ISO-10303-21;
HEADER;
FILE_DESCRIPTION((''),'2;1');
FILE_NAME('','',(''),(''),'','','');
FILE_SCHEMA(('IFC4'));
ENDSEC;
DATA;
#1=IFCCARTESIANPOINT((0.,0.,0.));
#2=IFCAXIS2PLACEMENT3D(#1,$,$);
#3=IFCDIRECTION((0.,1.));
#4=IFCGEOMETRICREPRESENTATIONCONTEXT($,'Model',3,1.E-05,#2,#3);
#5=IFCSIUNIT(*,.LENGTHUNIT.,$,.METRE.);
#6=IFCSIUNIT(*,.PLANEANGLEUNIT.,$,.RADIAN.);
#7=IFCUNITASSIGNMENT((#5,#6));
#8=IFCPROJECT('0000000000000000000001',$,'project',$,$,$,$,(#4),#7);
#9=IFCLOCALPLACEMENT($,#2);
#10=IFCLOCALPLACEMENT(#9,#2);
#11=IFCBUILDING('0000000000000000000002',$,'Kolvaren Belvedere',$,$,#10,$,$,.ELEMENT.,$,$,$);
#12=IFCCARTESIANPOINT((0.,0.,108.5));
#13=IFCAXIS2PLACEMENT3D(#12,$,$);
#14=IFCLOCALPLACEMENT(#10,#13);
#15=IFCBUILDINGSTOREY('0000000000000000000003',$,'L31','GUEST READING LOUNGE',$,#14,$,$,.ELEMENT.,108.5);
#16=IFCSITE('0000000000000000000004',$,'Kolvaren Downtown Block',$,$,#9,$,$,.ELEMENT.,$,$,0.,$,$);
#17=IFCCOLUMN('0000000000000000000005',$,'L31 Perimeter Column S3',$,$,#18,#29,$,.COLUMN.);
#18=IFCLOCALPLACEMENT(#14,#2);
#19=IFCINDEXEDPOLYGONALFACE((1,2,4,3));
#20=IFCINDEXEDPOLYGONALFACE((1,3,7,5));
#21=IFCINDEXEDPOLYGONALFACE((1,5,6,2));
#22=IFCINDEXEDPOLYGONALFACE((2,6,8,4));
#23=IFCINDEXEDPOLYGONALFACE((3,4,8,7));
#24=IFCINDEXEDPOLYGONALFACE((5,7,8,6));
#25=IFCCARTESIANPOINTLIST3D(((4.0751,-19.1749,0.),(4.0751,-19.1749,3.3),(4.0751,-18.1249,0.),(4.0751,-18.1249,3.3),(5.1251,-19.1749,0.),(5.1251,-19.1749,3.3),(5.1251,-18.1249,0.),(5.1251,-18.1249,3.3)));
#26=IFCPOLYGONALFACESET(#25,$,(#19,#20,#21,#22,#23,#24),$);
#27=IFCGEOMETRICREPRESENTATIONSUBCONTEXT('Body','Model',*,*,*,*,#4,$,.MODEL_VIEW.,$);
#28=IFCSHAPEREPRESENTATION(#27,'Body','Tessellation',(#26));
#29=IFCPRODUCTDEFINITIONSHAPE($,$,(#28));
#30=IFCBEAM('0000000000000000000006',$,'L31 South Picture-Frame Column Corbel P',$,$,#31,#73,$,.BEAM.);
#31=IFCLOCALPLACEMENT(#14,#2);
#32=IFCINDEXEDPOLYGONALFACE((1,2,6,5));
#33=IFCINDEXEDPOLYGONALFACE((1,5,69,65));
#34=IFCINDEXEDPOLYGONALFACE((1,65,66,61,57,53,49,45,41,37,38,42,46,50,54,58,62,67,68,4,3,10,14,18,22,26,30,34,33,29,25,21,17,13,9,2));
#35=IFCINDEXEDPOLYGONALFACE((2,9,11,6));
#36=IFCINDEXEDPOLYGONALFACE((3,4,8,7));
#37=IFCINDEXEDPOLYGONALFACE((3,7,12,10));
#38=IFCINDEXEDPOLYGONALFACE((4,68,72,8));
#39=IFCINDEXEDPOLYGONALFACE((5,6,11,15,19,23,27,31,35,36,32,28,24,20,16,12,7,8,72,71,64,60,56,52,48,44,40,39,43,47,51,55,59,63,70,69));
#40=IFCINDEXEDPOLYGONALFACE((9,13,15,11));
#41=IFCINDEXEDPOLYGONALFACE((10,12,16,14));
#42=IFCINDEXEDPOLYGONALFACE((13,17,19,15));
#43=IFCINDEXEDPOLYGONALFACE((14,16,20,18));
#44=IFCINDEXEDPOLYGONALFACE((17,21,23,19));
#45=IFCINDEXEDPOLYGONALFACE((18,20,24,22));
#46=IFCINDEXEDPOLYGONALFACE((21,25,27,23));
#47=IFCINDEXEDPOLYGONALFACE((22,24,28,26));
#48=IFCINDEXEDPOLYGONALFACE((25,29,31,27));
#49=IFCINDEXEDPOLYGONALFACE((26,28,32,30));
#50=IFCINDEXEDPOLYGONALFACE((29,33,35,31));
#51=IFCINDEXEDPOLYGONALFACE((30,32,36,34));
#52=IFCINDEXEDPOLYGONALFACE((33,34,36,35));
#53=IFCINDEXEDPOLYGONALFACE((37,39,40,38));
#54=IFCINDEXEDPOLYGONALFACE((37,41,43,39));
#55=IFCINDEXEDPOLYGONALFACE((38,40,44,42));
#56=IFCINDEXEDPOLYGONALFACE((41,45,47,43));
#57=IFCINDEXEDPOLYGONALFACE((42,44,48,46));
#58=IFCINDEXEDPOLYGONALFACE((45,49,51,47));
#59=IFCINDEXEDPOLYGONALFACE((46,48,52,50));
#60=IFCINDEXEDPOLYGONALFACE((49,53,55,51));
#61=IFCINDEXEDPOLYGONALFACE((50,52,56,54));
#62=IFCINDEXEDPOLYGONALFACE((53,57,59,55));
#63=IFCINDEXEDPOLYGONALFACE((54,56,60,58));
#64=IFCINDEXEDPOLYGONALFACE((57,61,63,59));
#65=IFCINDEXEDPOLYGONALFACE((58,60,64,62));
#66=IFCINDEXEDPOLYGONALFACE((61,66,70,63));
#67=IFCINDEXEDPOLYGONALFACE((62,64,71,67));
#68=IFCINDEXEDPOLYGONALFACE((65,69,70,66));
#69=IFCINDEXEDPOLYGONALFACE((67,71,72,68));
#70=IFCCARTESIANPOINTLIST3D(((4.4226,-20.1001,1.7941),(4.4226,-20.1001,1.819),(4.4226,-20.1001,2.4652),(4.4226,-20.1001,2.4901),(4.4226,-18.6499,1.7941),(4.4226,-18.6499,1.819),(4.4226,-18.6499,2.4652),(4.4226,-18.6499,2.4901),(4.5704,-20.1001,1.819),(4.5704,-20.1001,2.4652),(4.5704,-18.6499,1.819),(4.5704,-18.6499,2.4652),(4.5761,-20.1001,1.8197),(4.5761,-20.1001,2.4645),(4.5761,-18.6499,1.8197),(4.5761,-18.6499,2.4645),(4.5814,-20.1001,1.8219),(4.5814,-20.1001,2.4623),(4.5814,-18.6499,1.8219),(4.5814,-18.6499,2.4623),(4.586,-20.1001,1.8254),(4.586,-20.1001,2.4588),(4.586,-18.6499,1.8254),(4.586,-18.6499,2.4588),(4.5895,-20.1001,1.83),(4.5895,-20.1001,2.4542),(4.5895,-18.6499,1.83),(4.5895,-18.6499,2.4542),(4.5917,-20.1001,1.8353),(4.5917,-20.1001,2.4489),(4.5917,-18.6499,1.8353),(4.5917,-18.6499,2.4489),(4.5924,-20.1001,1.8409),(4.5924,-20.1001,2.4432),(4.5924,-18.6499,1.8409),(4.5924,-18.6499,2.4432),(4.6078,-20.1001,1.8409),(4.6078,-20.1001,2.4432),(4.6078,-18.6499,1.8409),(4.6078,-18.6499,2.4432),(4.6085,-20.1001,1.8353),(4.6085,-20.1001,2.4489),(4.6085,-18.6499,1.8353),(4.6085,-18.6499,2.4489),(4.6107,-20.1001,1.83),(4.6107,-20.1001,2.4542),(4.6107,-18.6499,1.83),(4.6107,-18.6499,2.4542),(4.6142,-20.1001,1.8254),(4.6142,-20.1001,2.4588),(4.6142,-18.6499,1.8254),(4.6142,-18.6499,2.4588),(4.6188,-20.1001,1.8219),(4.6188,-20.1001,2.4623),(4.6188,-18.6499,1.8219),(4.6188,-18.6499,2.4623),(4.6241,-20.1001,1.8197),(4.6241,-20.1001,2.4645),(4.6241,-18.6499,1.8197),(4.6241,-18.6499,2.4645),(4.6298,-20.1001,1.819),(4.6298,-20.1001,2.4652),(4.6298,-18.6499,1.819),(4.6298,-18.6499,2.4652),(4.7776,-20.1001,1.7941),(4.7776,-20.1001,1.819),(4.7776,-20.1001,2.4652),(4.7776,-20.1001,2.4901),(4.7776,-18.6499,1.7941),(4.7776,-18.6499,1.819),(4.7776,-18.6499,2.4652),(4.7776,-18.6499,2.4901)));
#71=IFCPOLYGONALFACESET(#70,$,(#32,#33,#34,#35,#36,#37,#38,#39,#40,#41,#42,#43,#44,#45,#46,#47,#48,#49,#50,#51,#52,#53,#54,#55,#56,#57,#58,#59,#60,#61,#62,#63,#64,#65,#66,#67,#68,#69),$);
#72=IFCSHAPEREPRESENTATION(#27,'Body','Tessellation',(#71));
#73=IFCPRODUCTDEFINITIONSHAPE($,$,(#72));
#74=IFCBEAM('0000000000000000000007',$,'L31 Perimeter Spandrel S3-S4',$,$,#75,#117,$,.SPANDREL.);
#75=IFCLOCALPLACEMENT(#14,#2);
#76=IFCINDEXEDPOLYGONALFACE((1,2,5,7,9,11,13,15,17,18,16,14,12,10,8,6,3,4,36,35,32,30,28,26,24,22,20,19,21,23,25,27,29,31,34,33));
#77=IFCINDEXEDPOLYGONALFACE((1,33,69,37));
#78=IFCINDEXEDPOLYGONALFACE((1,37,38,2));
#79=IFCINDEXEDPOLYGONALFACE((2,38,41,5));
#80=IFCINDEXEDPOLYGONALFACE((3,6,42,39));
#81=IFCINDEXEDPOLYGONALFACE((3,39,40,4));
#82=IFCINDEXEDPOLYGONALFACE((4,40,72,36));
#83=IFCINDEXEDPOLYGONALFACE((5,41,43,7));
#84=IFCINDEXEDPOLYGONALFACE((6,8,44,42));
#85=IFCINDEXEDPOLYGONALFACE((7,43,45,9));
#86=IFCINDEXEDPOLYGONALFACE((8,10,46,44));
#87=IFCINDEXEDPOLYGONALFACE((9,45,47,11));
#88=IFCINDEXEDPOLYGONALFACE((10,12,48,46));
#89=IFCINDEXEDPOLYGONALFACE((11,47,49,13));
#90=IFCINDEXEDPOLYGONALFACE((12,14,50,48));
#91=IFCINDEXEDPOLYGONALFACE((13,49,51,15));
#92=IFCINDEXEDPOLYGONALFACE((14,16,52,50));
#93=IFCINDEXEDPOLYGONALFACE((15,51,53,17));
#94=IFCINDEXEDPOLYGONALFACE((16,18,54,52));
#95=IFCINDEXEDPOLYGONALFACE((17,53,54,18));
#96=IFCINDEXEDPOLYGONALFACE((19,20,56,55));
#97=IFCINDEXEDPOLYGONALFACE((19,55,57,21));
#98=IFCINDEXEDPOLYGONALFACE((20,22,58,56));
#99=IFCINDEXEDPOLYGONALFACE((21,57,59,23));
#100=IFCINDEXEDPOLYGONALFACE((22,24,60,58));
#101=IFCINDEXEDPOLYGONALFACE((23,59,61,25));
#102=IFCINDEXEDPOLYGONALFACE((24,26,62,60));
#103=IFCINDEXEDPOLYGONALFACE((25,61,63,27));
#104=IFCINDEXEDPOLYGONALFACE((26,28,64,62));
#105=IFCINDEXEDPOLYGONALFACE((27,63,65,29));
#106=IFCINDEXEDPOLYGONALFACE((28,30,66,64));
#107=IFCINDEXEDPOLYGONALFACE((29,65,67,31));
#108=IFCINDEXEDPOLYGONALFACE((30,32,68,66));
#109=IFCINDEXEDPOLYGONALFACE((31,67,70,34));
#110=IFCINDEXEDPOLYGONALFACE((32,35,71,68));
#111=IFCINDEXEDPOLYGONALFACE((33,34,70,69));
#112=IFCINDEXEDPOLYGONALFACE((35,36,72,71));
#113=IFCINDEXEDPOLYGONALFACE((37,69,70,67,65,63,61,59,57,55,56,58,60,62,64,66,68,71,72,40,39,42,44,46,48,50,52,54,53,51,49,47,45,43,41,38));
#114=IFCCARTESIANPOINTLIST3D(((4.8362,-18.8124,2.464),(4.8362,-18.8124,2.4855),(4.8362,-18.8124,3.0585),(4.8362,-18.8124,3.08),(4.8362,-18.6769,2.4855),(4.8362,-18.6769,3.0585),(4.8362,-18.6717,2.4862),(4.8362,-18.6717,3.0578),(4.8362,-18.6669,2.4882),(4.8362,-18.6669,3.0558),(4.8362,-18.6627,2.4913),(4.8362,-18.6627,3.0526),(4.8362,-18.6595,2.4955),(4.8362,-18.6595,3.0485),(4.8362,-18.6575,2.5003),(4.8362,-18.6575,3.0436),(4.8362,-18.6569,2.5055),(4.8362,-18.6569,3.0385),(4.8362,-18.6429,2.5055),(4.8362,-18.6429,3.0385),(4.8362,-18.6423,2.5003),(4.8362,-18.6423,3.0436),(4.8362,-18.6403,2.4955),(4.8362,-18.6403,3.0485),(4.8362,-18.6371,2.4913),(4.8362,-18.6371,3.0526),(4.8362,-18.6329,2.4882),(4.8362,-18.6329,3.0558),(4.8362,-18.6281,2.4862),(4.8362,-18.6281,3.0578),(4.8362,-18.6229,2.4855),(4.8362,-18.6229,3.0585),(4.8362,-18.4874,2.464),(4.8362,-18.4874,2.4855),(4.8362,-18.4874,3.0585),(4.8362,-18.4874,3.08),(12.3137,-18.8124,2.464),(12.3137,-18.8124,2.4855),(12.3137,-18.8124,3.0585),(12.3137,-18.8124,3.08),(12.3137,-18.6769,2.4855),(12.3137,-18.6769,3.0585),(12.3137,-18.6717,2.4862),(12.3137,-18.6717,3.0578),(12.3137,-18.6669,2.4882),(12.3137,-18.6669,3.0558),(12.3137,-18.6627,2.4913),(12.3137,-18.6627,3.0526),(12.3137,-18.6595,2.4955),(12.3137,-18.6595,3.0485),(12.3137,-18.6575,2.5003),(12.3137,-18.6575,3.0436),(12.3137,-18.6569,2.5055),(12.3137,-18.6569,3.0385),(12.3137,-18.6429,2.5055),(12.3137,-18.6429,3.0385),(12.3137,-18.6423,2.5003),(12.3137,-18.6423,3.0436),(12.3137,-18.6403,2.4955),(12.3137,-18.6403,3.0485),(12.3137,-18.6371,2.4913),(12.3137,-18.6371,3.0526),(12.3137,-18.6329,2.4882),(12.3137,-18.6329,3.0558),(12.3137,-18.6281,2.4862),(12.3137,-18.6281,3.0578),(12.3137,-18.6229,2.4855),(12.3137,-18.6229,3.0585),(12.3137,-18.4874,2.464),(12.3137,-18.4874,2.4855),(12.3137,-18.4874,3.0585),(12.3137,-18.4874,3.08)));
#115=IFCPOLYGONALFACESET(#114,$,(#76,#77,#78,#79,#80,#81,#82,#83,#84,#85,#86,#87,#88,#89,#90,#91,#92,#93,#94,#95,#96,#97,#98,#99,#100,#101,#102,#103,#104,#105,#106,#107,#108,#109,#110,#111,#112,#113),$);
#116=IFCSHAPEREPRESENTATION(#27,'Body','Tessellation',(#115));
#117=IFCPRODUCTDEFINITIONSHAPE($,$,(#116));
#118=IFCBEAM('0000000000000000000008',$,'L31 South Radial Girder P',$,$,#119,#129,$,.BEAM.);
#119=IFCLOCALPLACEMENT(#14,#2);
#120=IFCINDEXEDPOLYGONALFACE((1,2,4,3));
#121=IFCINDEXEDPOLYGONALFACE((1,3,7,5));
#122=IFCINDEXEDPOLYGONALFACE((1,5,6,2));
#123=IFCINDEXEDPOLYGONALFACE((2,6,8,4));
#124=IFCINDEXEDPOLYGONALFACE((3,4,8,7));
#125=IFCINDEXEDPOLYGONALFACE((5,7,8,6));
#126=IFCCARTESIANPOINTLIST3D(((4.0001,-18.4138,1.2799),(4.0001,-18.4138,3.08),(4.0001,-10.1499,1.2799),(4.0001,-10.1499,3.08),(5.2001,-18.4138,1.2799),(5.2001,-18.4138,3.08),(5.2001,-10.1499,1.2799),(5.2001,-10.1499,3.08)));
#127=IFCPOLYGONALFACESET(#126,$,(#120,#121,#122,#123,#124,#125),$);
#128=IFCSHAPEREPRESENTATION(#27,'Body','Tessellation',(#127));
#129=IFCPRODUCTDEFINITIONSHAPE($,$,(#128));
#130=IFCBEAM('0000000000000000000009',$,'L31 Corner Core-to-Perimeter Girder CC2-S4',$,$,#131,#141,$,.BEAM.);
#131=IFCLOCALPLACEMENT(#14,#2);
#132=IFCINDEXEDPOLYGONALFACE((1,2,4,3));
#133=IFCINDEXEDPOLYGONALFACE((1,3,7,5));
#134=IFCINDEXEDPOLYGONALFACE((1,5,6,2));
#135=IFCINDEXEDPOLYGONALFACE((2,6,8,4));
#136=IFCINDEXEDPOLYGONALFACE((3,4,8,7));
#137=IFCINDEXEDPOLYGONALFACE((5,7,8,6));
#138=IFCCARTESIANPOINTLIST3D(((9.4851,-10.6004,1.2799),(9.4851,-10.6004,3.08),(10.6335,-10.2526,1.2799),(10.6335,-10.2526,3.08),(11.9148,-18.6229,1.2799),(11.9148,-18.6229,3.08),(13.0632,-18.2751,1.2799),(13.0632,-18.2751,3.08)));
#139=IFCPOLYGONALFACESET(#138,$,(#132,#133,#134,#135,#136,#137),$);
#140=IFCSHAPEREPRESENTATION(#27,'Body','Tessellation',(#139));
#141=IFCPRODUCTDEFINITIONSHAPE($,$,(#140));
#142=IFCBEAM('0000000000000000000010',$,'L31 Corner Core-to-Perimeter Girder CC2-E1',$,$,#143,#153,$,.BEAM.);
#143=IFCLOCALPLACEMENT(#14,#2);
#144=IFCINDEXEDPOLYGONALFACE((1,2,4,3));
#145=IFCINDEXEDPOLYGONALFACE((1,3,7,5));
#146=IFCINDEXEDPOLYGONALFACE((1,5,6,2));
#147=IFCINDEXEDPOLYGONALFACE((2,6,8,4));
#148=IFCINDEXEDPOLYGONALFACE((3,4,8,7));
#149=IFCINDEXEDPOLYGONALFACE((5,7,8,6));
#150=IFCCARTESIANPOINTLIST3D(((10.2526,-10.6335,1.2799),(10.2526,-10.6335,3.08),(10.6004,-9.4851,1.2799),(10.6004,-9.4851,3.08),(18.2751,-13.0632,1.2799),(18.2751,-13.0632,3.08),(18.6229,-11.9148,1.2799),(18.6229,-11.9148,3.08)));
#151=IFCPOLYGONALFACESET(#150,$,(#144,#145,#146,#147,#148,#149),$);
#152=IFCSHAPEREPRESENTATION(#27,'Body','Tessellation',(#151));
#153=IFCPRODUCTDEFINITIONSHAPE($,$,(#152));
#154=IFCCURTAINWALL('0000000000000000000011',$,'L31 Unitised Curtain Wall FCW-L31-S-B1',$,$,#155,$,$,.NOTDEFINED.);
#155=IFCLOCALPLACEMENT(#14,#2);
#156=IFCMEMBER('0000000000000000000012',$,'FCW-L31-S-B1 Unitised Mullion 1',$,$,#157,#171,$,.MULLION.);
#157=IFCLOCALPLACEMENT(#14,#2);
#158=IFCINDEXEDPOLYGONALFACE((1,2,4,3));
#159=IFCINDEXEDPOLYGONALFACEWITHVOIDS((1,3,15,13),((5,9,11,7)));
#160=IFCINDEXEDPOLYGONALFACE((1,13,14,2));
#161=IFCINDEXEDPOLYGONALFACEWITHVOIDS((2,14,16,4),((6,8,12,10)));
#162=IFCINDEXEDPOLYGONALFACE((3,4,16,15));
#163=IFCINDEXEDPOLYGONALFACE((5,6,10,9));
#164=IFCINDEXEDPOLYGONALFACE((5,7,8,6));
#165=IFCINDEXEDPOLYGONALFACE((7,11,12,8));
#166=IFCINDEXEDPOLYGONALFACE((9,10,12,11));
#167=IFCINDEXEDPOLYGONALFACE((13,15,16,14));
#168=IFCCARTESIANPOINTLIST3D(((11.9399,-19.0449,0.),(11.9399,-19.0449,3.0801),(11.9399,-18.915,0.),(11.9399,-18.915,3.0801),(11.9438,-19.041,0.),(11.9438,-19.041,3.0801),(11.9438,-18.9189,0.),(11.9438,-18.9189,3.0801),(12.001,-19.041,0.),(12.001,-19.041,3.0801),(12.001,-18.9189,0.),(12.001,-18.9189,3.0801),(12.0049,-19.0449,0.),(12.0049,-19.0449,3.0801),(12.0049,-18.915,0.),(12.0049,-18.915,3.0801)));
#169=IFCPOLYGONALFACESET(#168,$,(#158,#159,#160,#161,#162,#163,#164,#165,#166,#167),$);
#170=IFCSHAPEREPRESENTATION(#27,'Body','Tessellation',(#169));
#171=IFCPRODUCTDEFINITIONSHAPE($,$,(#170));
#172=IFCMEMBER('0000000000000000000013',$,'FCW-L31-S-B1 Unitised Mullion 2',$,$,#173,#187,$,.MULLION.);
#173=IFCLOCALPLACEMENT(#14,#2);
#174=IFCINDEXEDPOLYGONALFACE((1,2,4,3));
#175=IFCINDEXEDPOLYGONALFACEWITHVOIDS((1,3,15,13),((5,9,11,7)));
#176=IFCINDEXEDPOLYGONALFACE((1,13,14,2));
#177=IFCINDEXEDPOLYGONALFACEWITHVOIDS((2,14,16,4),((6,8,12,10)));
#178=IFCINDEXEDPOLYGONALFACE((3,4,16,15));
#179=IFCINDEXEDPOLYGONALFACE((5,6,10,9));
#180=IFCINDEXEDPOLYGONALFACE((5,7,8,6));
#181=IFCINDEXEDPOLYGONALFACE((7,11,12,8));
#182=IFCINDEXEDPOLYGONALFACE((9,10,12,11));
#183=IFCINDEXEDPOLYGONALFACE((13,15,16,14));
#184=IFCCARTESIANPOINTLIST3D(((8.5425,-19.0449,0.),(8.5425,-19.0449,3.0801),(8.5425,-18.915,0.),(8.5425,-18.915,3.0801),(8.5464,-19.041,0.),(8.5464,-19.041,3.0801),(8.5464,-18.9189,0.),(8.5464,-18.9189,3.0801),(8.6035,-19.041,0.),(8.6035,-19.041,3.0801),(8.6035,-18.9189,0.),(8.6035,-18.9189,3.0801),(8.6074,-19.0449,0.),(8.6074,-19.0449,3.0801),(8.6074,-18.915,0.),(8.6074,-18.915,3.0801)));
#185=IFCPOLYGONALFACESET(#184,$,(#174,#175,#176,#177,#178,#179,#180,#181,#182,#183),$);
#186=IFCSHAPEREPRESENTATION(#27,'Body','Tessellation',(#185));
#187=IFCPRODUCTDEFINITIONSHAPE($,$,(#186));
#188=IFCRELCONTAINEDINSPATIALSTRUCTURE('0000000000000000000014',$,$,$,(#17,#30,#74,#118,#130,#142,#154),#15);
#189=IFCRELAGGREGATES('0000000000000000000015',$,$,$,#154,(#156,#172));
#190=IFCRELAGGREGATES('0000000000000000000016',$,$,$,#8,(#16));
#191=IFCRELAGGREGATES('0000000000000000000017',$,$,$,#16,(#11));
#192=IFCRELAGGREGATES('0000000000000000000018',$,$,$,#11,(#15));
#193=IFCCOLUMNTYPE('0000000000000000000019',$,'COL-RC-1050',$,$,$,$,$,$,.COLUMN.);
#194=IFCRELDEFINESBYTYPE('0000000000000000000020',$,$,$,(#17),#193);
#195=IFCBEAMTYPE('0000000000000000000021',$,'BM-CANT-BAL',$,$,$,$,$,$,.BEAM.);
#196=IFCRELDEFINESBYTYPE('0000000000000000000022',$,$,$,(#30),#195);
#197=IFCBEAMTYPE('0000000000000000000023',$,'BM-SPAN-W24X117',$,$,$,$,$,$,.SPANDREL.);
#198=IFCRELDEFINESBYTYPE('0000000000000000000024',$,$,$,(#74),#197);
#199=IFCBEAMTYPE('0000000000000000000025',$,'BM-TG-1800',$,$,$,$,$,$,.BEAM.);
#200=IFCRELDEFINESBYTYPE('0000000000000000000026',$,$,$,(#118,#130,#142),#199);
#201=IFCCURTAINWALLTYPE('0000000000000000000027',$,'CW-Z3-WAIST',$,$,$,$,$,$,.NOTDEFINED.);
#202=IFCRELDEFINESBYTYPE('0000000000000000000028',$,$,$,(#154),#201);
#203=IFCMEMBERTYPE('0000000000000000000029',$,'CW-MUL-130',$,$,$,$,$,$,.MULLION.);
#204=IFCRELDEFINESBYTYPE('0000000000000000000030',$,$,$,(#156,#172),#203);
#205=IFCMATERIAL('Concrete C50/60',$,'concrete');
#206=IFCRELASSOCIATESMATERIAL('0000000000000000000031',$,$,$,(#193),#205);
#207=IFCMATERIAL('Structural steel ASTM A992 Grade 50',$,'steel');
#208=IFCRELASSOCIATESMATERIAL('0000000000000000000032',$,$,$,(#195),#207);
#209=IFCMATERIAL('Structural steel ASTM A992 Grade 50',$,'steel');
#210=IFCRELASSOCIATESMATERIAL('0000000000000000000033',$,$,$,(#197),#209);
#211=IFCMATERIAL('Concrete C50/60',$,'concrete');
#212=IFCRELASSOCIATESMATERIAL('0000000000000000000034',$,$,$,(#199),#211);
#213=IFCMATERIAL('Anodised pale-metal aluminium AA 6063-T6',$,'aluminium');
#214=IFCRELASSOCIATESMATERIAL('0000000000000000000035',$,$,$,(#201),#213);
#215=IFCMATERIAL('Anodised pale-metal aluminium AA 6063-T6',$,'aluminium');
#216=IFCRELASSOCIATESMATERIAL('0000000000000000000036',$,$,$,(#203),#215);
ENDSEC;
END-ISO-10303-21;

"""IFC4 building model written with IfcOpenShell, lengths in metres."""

from ifc_helpers import new_model, si_unit, direction, frame, origin, origin_2d, place, context, subcontext, project, spatial, rectangle, hollow_rectangle, i_section, extrude, material, material_profile, profile_set, type_object, element, aggregate, save


model = new_model("IFC4")

# Units and contexts
model_context = context("Model", 3, precision=1e-05, world=origin(), true_north=direction((0.0, 1.0)))
body_context = subcontext(model_context, "Body", "Model", "MODEL_VIEW")
ifc_project = project(units=[si_unit("LENGTHUNIT", "METRE"), si_unit("PLANEANGLEUNIT", "RADIAN")], contexts=[model_context])

# Site, building, storey
site_placement = place(None, origin())
site = spatial("IfcSite", under=ifc_project, at=site_placement, Name="Kolvaren Downtown Block", CompositionType="ELEMENT", RefElevation=0.0)
building_placement = place(site_placement, origin())
building = spatial("IfcBuilding", under=site, at=building_placement, Name="Kolvaren Belvedere", CompositionType="ELEMENT")
storey_placement = place(building_placement, frame((0.0, 0.0, 108.5)))
storey = spatial("IfcBuildingStorey", under=building, at=storey_placement, Name="L31", Description="GUEST READING LOUNGE", CompositionType="ELEMENT", Elevation=108.5)

# Column
ifc_material_1 = material(Name="Concrete C50/60", Category="concrete")
ifc_material_profile_1 = material_profile(ifc_material_1, rectangle(XDim=1.05, YDim=1.05, at=origin_2d()), Name="RC 1050X1050")
ifc_profile_set_1 = profile_set([ifc_material_profile_1], Name="Concrete C50/60")
column_type = type_object("IfcColumnType", Name="COL-RC-1050", PredefinedType="COLUMN", material=ifc_profile_set_1)
column_placement = place(storey_placement, frame((4.6001, -18.6499, 0.0), z_axis=(0.0, 0.0, 1.0), x_axis=(1.0, 0.0, 0.0)))
element("IfcColumn", 1, at=column_placement, inside=storey, type_object=column_type, Name="L31 Perimeter Column S3", PredefinedType="COLUMN", context=body_context, shape_type="SweptSolid", body=[
    extrude(rectangle(XDim=1.05, YDim=1.05, at=origin_2d()), origin(), (0.0, 0.0, 1.0), 3.3),
])

# Beams
ifc_material_2 = material(Name="Structural steel ASTM A992 Grade 50", Category="steel")
ifc_material_profile_2 = material_profile(ifc_material_2, i_section(OverallWidth=0.355, OverallDepth=0.696, WebThickness=0.0154, FlangeThickness=0.0249, FilletRadius=0.022, at=origin_2d()), Name="W27X146")
ifc_profile_set_2 = profile_set([ifc_material_profile_2], Name="Structural steel ASTM A992 Grade 50")
beam_type_1 = type_object("IfcBeamType", Name="BM-CANT-BAL", PredefinedType="BEAM", material=ifc_profile_set_2)
beam_1_placement = place(storey_placement, frame((4.6001, -18.6499, 2.1421), z_axis=(0.0, -1.0, 0.0), x_axis=(1.0, 0.0, 0.0)))
element("IfcBeam", 2, at=beam_1_placement, inside=storey, type_object=beam_type_1, Name="L31 South Picture-Frame Column Corbel P", PredefinedType="BEAM", context=body_context, shape_type="SweptSolid", body=[
    extrude(i_section(OverallWidth=0.355, OverallDepth=0.696, WebThickness=0.0154, FlangeThickness=0.0249, FilletRadius=0.022, at=origin_2d()), origin(), (0.0, 0.0, 1.0), 1.4502),
])
ifc_material_3 = material(Name="Structural steel ASTM A992 Grade 50", Category="steel")
ifc_material_profile_3 = material_profile(ifc_material_3, i_section(OverallWidth=0.325, OverallDepth=0.616, WebThickness=0.0139, FlangeThickness=0.0215, FilletRadius=0.02, at=origin_2d()), Name="W24X117")
ifc_profile_set_3 = profile_set([ifc_material_profile_3], Name="Structural steel ASTM A992 Grade 50")
beam_type_2 = type_object("IfcBeamType", Name="BM-SPAN-W24X117", PredefinedType="SPANDREL", material=ifc_profile_set_3)
beam_2_placement = place(storey_placement, frame((4.8362, -18.6499, 2.772), z_axis=(1.0, 0.0, 0.0), x_axis=(0.0, 1.0, 0.0)))
element("IfcBeam", 3, at=beam_2_placement, inside=storey, type_object=beam_type_2, Name="L31 Perimeter Spandrel S3-S4", PredefinedType="SPANDREL", context=body_context, shape_type="SweptSolid", body=[
    extrude(i_section(OverallWidth=0.325, OverallDepth=0.616, WebThickness=0.0139, FlangeThickness=0.0215, FilletRadius=0.02, at=origin_2d()), origin(), (0.0, 0.0, 1.0), 7.4775),
])
ifc_material_4 = material(Name="Concrete C50/60", Category="concrete")
ifc_material_profile_4 = material_profile(ifc_material_4, rectangle(XDim=1.2, YDim=1.8, at=origin_2d()), Name="RC 1200X1800")
ifc_profile_set_4 = profile_set([ifc_material_profile_4], Name="Concrete C50/60")
beam_type_3 = type_object("IfcBeamType", Name="BM-TG-1800", PredefinedType="BEAM", material=ifc_profile_set_4)
beam_3_placement = place(storey_placement, frame((4.6001, -10.1499, 2.1799), z_axis=(0.0, -1.0, 0.0), x_axis=(1.0, 0.0, 0.0)))
element("IfcBeam", 4, at=beam_3_placement, inside=storey, type_object=beam_type_3, Name="L31 South Radial Girder P", PredefinedType="BEAM", context=body_context, shape_type="SweptSolid", body=[
    extrude(rectangle(XDim=1.2, YDim=1.8, at=origin_2d()), origin(), (0.0, 0.0, 1.0), 8.2639),
])
for number, where, z_axis, x_axis, name in (
    (5, (10.0593, -10.4265, 2.1799), (0.289859, -0.957069, 0.0), (0.957069, 0.289859, 0.0), "L31 Corner Core-to-Perimeter Girder CC2-S4"),
    (6, (10.4265, -10.0593, 2.1799), (0.957069, -0.289859, 0.0), (0.289859, 0.957069, 0.0), "L31 Corner Core-to-Perimeter Girder CC2-E1"),
):
    element("IfcBeam", number, at=place(storey_placement, frame(where, z_axis=z_axis, x_axis=x_axis)), inside=storey, type_object=beam_type_3, Name=name, PredefinedType="BEAM", context=body_context, shape_type="SweptSolid", body=[
        extrude(rectangle(XDim=1.2, YDim=1.8, at=origin_2d()), origin(), (0.0, 0.0, 1.0), 8.3823),
    ])

# Curtain wall, members
ifc_material_5 = material(Name="Anodised pale-metal aluminium AA 6063-T6", Category="aluminium")
curtain_wall_type = type_object("IfcCurtainWallType", Name="CW-Z3-WAIST", PredefinedType="NOTDEFINED", material=ifc_material_5)
curtain_wall_1_placement = place(storey_placement, origin())
curtain_wall_1 = element("IfcCurtainWall", 7, at=curtain_wall_1_placement, inside=storey, type_object=curtain_wall_type, Name="L31 Unitised Curtain Wall FCW-L31-S-B1", PredefinedType="NOTDEFINED")
ifc_material_6 = material(Name="Anodised pale-metal aluminium AA 6063-T6", Category="aluminium")
ifc_material_profile_5 = material_profile(ifc_material_6, hollow_rectangle(XDim=0.0649, YDim=0.1299, WallThickness=0.0039, at=origin_2d()), Name="ALU-MUL-130X65")
ifc_profile_set_5 = profile_set([ifc_material_profile_5], Name="Anodised pale-metal aluminium AA 6063-T6")
member_type_1 = type_object("IfcMemberType", Name="CW-MUL-130", PredefinedType="MULLION", material=ifc_profile_set_5)
member_1_placement = place(storey_placement, frame((11.9724, -18.98, 0.0), z_axis=(0.0, 0.0, 1.0), x_axis=(1.0, 0.0, 0.0)))
member_1 = element("IfcMember", 8, at=member_1_placement, type_object=member_type_1, Name="FCW-L31-S-B1 Unitised Mullion 1", PredefinedType="MULLION", context=body_context, shape_type="SweptSolid", body=[
    extrude(hollow_rectangle(XDim=0.0649, YDim=0.1299, WallThickness=0.0039, at=origin_2d()), origin(), (0.0, 0.0, 1.0), 3.0801),
])
member_2_placement = place(storey_placement, frame((8.575, -18.98, 0.0), z_axis=(0.0, 0.0, 1.0), x_axis=(1.0, 0.0, 0.0)))
member_2 = element("IfcMember", 9, at=member_2_placement, type_object=member_type_1, Name="FCW-L31-S-B1 Unitised Mullion 2", PredefinedType="MULLION", context=body_context, shape_type="SweptSolid", body=[
    extrude(hollow_rectangle(XDim=0.0649, YDim=0.1299, WallThickness=0.0039, at=origin_2d()), origin(), (0.0, 0.0, 1.0), 3.0801),
])

aggregate(curtain_wall_1, [member_1, member_2])

save(model, "model.ifc")
